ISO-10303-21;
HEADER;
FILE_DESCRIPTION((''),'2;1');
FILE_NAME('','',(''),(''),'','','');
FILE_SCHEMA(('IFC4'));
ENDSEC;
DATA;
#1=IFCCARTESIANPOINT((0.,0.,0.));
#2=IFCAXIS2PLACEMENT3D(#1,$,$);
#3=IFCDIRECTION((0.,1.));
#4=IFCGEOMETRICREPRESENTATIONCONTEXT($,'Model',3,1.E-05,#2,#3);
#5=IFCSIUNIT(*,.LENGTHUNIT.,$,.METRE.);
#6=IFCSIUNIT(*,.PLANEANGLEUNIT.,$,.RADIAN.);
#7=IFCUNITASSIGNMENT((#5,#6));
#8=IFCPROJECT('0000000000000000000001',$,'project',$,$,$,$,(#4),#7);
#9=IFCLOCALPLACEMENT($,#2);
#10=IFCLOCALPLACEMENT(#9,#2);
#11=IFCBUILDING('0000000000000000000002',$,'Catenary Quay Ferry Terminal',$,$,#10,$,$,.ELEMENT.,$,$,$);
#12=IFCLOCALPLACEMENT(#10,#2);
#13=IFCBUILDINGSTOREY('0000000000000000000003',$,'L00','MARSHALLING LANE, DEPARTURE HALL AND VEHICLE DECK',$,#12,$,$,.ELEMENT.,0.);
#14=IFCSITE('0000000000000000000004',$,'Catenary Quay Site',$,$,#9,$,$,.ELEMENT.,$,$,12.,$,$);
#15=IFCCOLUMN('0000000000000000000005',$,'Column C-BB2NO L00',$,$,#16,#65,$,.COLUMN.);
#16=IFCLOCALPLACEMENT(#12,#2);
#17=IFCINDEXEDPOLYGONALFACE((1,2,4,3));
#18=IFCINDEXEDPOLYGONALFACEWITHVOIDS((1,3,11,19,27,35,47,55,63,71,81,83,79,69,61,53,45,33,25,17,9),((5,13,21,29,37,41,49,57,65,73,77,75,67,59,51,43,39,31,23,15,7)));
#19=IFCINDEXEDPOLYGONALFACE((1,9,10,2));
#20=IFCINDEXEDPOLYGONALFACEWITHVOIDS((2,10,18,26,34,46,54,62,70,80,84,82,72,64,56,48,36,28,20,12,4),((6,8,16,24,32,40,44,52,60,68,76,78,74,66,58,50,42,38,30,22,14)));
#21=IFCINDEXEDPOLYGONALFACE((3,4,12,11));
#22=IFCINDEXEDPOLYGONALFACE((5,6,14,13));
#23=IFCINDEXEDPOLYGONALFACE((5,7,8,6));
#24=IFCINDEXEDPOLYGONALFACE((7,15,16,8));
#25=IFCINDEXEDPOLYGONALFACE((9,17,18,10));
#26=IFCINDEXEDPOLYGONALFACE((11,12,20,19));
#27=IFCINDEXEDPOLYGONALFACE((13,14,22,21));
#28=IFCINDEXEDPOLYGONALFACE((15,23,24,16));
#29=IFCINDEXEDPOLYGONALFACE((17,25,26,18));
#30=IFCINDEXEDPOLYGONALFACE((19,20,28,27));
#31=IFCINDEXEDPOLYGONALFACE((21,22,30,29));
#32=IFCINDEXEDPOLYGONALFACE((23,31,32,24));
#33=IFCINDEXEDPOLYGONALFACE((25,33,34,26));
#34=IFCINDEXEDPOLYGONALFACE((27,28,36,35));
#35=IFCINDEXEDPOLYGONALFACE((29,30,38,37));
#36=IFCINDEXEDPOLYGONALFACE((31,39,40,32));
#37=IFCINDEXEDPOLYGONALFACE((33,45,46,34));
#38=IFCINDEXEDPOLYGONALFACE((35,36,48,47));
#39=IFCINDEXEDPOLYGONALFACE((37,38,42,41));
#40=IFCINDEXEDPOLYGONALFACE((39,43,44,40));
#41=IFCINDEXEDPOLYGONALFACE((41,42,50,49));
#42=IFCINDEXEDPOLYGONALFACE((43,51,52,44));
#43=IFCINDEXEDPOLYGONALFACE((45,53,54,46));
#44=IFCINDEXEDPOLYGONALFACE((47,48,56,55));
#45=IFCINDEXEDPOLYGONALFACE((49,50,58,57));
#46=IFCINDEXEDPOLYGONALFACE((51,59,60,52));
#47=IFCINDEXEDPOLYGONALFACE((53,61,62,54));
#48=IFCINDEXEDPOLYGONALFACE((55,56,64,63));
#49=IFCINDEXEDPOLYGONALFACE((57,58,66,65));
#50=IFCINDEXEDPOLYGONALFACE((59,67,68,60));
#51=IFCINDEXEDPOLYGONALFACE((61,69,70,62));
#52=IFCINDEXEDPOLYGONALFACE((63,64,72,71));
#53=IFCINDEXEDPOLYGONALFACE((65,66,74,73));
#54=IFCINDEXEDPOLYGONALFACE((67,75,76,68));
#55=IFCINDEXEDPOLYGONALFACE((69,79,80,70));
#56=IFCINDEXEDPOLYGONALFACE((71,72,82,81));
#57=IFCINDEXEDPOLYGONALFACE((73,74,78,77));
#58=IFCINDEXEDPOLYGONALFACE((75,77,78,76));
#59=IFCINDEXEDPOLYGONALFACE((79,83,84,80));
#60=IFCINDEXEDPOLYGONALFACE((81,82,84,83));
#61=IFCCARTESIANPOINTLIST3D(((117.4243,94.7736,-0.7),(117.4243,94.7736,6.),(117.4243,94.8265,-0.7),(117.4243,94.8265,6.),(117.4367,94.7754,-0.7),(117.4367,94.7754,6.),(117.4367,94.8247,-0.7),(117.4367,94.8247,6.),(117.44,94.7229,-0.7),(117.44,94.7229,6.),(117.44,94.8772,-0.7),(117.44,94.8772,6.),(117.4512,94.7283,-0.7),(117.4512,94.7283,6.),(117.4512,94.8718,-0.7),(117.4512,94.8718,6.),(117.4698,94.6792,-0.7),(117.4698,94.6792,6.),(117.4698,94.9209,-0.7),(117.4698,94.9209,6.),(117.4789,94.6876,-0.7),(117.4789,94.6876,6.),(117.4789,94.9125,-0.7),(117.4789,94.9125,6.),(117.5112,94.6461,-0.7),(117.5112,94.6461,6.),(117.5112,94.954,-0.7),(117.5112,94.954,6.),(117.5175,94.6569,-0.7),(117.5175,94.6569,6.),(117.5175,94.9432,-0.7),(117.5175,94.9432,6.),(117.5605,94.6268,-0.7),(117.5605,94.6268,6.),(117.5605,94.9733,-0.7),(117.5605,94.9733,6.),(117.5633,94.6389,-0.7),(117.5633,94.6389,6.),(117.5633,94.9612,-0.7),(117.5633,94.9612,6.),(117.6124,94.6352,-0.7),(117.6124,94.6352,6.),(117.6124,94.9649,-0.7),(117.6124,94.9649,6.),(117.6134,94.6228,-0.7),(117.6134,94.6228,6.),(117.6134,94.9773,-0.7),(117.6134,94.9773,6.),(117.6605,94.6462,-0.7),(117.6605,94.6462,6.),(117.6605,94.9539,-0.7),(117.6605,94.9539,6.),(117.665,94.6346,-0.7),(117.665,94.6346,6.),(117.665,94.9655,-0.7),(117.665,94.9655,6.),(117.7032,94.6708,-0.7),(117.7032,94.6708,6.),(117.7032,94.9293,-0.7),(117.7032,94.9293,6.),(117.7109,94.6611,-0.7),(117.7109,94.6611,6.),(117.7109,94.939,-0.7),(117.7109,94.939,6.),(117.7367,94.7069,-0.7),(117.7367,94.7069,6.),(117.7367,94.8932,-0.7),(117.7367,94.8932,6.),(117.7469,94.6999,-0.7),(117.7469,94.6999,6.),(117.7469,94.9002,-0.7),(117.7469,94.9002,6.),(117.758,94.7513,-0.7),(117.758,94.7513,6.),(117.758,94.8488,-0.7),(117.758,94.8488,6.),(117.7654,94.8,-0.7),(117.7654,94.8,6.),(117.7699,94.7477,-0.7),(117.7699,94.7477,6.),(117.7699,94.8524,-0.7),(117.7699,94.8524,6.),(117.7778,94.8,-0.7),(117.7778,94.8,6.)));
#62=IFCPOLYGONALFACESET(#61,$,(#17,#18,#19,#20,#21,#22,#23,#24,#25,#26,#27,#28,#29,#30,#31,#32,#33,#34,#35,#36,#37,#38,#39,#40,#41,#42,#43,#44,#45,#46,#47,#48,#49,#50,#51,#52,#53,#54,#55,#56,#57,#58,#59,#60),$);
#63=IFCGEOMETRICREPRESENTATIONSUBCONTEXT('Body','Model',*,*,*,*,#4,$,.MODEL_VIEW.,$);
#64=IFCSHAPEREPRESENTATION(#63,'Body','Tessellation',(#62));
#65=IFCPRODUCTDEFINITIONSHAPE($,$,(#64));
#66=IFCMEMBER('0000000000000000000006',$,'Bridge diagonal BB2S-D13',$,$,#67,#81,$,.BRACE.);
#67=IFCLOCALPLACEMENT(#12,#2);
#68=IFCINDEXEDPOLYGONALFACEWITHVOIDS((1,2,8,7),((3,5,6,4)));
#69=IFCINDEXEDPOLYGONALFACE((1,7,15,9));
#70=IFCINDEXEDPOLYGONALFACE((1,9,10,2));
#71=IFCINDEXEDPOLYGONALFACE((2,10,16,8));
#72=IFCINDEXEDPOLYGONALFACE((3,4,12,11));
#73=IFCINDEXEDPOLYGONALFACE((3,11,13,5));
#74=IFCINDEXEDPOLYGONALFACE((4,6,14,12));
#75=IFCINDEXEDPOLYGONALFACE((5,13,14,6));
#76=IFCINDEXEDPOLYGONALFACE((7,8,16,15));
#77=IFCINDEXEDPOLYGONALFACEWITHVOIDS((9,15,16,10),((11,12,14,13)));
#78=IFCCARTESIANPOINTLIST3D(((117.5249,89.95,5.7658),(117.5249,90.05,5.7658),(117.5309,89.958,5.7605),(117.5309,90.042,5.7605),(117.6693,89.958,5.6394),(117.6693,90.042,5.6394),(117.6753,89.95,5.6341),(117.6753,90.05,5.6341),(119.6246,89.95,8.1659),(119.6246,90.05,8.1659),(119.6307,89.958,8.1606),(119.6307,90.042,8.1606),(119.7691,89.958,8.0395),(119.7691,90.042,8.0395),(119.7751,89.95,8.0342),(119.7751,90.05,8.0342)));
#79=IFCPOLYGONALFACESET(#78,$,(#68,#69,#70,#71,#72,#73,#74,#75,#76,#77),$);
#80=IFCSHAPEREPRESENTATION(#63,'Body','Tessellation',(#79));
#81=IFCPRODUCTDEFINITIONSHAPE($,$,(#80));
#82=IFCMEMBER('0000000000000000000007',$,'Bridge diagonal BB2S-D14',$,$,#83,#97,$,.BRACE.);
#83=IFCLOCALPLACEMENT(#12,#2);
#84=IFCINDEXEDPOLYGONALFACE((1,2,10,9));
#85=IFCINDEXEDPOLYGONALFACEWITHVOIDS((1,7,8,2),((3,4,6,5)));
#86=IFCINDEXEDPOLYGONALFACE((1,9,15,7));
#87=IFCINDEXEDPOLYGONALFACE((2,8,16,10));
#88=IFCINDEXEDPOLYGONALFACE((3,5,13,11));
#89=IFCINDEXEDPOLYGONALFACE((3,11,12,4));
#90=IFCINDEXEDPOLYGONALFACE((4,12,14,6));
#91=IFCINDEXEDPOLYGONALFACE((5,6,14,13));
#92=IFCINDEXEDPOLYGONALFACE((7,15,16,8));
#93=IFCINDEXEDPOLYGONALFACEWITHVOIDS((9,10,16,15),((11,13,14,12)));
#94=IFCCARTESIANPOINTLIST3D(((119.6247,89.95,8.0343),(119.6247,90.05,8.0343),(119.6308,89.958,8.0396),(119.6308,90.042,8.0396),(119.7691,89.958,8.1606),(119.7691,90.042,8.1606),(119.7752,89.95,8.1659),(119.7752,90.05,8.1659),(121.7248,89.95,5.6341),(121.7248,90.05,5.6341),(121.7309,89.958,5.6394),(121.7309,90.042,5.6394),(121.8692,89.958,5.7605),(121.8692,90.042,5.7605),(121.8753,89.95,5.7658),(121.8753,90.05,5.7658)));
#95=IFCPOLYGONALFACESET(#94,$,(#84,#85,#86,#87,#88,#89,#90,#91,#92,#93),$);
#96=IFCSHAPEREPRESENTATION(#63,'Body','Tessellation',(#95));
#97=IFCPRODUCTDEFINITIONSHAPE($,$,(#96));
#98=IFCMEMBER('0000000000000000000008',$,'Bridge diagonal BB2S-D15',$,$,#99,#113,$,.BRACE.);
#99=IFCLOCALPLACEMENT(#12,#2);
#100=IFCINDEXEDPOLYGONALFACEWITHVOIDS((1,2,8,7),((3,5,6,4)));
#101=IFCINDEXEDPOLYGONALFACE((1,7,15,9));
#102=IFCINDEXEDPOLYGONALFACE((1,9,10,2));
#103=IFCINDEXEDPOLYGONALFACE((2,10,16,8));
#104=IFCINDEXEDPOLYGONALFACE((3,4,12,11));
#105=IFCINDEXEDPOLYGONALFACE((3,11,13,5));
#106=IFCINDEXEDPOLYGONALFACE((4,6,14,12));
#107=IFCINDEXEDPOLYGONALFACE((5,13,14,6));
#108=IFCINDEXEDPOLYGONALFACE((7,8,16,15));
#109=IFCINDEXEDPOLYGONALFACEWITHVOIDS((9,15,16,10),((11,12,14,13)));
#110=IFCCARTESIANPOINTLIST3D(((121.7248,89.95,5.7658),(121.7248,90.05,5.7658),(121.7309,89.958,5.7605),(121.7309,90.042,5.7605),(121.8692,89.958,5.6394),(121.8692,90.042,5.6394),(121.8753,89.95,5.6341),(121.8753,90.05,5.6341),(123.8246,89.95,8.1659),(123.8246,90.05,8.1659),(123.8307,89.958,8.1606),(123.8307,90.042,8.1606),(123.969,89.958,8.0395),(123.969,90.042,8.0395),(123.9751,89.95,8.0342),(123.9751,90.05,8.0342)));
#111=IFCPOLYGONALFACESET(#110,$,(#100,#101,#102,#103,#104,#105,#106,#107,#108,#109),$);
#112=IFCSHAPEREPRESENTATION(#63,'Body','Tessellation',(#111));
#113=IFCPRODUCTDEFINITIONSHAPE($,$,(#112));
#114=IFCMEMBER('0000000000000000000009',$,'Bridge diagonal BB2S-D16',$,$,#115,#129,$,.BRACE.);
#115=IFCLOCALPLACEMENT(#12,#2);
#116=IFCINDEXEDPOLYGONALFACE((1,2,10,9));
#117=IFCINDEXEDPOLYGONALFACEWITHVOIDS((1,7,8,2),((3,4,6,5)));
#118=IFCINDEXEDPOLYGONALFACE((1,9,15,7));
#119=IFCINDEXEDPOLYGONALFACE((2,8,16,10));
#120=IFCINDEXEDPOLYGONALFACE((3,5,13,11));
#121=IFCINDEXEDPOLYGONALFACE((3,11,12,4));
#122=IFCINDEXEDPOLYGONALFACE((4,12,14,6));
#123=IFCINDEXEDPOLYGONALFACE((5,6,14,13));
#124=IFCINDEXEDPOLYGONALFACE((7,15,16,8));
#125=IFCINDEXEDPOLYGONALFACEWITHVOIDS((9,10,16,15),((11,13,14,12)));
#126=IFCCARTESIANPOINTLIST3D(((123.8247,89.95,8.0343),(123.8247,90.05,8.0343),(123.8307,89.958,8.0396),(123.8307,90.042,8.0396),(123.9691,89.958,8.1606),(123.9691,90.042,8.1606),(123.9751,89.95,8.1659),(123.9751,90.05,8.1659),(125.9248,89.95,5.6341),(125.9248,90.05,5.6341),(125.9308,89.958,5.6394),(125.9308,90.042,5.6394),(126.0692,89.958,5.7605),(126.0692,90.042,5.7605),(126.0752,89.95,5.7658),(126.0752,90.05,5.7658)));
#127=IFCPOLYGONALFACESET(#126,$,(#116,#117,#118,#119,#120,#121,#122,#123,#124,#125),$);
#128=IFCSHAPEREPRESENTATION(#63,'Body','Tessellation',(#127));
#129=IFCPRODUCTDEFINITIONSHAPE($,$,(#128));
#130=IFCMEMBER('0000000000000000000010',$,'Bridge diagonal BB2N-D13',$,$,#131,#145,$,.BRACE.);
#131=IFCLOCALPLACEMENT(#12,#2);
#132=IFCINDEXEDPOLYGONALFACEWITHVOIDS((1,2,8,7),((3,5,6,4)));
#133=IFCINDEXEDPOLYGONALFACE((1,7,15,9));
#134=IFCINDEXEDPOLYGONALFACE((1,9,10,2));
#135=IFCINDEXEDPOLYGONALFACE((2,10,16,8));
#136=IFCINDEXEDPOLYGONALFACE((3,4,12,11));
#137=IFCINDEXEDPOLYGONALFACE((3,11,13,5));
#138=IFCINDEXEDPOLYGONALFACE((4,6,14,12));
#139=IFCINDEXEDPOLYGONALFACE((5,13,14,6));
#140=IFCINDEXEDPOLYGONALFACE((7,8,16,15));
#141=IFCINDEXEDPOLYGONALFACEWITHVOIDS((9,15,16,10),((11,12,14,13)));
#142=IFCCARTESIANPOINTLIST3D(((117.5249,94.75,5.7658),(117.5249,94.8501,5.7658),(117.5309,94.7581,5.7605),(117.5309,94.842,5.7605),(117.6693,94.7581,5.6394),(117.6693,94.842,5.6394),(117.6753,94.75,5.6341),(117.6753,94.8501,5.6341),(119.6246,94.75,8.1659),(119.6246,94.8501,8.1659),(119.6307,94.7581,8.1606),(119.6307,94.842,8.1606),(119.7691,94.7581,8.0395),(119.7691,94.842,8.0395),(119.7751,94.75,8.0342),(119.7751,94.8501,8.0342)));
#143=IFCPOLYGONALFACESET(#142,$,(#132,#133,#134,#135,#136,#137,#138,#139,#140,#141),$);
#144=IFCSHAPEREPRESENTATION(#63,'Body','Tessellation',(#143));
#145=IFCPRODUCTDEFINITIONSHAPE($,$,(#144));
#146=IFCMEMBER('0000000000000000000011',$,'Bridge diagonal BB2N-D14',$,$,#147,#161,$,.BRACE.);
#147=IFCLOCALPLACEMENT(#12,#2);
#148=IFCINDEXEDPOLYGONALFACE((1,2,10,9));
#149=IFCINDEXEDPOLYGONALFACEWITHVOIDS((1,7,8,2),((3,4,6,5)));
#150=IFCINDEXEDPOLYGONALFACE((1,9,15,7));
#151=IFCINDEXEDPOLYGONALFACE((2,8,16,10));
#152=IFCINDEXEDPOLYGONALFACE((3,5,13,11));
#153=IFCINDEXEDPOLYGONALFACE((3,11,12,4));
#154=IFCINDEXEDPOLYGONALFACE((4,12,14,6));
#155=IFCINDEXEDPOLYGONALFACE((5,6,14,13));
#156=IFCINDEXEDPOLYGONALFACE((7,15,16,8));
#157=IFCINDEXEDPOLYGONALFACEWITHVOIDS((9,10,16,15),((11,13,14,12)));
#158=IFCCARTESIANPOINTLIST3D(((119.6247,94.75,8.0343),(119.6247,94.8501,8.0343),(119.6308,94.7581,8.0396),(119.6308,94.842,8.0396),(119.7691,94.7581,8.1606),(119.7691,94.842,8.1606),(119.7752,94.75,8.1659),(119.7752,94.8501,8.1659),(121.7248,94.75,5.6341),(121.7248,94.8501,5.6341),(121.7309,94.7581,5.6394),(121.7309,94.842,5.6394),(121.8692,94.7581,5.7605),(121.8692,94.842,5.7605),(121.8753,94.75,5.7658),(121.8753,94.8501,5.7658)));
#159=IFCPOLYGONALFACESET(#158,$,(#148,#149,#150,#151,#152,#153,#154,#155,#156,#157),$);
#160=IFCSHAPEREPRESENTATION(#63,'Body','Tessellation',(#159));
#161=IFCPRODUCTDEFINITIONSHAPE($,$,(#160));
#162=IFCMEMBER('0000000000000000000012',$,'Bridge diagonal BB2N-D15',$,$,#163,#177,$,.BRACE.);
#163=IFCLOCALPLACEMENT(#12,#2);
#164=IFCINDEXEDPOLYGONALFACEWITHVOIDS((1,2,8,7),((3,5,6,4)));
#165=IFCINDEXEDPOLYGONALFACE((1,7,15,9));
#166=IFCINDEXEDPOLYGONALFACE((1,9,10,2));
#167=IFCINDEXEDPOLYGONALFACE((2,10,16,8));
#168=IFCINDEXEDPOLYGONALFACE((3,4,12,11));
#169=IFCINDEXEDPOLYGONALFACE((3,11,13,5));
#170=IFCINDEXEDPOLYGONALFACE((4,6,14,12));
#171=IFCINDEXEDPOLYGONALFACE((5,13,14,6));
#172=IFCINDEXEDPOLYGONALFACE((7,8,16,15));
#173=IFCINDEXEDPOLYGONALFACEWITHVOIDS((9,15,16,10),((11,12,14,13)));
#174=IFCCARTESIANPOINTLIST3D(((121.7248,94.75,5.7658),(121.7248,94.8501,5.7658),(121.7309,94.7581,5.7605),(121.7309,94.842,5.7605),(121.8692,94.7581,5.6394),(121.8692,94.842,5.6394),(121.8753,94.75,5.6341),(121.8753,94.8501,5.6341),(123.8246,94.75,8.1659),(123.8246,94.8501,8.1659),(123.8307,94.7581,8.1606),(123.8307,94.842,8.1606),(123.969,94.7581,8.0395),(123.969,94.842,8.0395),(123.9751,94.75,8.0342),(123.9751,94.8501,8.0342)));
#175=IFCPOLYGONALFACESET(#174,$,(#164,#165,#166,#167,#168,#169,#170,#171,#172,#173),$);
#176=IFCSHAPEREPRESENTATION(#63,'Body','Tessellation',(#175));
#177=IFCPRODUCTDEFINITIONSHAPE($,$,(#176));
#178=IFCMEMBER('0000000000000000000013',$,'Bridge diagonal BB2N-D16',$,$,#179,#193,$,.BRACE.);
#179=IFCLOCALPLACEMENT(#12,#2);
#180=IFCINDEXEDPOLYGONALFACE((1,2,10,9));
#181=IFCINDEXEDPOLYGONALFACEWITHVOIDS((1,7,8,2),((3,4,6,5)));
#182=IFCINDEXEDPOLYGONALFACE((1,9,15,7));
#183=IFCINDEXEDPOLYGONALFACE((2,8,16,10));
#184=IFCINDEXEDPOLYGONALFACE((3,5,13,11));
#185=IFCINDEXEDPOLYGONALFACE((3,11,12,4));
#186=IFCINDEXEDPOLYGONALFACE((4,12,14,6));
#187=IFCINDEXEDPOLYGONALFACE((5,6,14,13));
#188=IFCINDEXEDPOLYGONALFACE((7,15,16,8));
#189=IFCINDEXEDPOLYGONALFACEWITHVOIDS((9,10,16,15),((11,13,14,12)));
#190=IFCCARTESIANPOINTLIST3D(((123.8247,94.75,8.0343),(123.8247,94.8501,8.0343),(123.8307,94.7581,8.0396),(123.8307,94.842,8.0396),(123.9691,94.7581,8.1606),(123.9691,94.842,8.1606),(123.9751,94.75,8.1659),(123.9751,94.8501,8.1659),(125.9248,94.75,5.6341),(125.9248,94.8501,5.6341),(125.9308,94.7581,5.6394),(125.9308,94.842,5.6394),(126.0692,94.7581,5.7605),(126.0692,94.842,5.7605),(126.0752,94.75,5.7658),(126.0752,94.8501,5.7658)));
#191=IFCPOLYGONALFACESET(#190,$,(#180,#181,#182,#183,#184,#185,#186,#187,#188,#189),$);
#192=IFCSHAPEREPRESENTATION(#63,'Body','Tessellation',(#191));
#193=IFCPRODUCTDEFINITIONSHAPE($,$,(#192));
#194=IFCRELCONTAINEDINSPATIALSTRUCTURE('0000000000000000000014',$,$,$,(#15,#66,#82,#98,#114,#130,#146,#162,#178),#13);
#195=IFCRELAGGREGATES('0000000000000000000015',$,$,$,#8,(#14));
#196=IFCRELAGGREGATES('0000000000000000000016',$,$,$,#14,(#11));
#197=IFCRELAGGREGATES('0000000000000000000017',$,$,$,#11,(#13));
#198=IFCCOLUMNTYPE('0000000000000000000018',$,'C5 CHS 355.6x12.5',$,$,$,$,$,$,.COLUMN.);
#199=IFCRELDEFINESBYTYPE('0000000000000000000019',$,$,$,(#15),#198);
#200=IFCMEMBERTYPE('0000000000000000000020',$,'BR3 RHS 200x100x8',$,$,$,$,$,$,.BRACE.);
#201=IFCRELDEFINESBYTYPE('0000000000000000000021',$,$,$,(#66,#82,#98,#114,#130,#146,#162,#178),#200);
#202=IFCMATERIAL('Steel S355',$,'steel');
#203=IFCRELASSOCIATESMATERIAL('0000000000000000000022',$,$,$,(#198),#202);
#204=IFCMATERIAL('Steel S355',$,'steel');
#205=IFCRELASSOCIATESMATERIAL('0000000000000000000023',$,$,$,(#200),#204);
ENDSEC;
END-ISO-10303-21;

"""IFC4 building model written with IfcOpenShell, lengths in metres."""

from ifc_helpers import new_model, si_unit, direction, frame, origin, origin_2d, place, context, subcontext, project, spatial, hollow_rectangle, hollow_circle, extrude, material, material_profile, profile_set, type_object, element, save


model = new_model("IFC4")

# Units and contexts
model_context = context("Model", 3, precision=1e-05, world=origin(), true_north=direction((0.0, 1.0)))
body_context = subcontext(model_context, "Body", "Model", "MODEL_VIEW")
ifc_project = project(units=[si_unit("LENGTHUNIT", "METRE"), si_unit("PLANEANGLEUNIT", "RADIAN")], contexts=[model_context])

# Site, building, storey
site_placement = place(None, origin())
site = spatial("IfcSite", under=ifc_project, at=site_placement, Name="Catenary Quay Site", CompositionType="ELEMENT", RefElevation=12.0)
building_placement = place(site_placement, origin())
building = spatial("IfcBuilding", under=site, at=building_placement, Name="Catenary Quay Ferry Terminal", CompositionType="ELEMENT")
storey_placement = place(building_placement, origin())
storey = spatial("IfcBuildingStorey", under=building, at=storey_placement, Name="L00", Description="MARSHALLING LANE, DEPARTURE HALL AND VEHICLE DECK", CompositionType="ELEMENT", Elevation=0.0)

# Column
ifc_material_1 = material(Name="Steel S355", Category="steel")
ifc_material_profile_1 = material_profile(ifc_material_1, hollow_circle(Radius=0.1777, WallThickness=0.0125, at=origin_2d()), Name="CHS 355.6x12.5")
ifc_profile_set_1 = profile_set([ifc_material_profile_1], Name="Steel S355")
column_type = type_object("IfcColumnType", Name="C5 CHS 355.6x12.5", PredefinedType="COLUMN", material=ifc_profile_set_1)
for number, where, z_axis, x_axis, name in (
    (1, (117.6001, 94.8, -0.7), (0.0, 0.0, 1.0), (1.0, 0.0, 0.0), "Column C-BB2NO L00"),
):
    element("IfcColumn", number, at=place(storey_placement, frame(where, z_axis=z_axis, x_axis=x_axis)), inside=storey, type_object=column_type, Name=name, PredefinedType="COLUMN", context=body_context, shape_type="SweptSolid", body=[
        extrude(hollow_circle(Radius=0.1777, WallThickness=0.0125, at=origin_2d()), origin(), (0.0, 0.0, 1.0), 6.7),
    ])

# Members
ifc_material_2 = material(Name="Steel S355", Category="steel")
ifc_material_profile_2 = material_profile(ifc_material_2, hollow_rectangle(XDim=0.1001, YDim=0.2, WallThickness=0.0081, at=origin_2d()), Name="RHS 200x100x8")
ifc_profile_set_2 = profile_set([ifc_material_profile_2], Name="Steel S355")
member_type_1 = type_object("IfcMemberType", Name="BR3 RHS 200x100x8", PredefinedType="BRACE", material=ifc_profile_set_2)
member_1_placement = place(storey_placement, frame((117.6001, 90.0, 5.7), z_axis=(0.658456, 0.0, 0.752619), x_axis=(0.0, 1.0, 0.0)))
element("IfcMember", 2, at=member_1_placement, inside=storey, type_object=member_type_1, Name="Bridge diagonal BB2S-D13", PredefinedType="BRACE", context=body_context, shape_type="SweptSolid", body=[
    extrude(hollow_rectangle(XDim=0.1001, YDim=0.2, WallThickness=0.0081, at=origin_2d()), origin(), (0.0, 0.0, 1.0), 3.189),
])
member_2_placement = place(storey_placement, frame((119.7, 90.0, 8.1001), z_axis=(0.658499, 0.0, -0.752581), x_axis=(0.0, 1.0, 0.0)))
element("IfcMember", 3, at=member_2_placement, inside=storey, type_object=member_type_1, Name="Bridge diagonal BB2S-D14", PredefinedType="BRACE", context=body_context, shape_type="SweptSolid", body=[
    extrude(hollow_rectangle(XDim=0.1001, YDim=0.2, WallThickness=0.0081, at=origin_2d()), origin(), (0.0, 0.0, 1.0), 3.1892),
])
member_3_placement = place(storey_placement, frame((121.8, 90.0, 5.7), z_axis=(0.658456, 0.0, 0.752619), x_axis=(0.0, 1.0, 0.0)))
element("IfcMember", 4, at=member_3_placement, inside=storey, type_object=member_type_1, Name="Bridge diagonal BB2S-D15", PredefinedType="BRACE", context=body_context, shape_type="SweptSolid", body=[
    extrude(hollow_rectangle(XDim=0.1001, YDim=0.2, WallThickness=0.0081, at=origin_2d()), origin(), (0.0, 0.0, 1.0), 3.189),
])
member_4_placement = place(storey_placement, frame((123.8999, 90.0, 8.1001), z_axis=(0.658499, 0.0, -0.752581), x_axis=(0.0, 1.0, 0.0)))
element("IfcMember", 5, at=member_4_placement, inside=storey, type_object=member_type_1, Name="Bridge diagonal BB2S-D16", PredefinedType="BRACE", context=body_context, shape_type="SweptSolid", body=[
    extrude(hollow_rectangle(XDim=0.1001, YDim=0.2, WallThickness=0.0081, at=origin_2d()), origin(), (0.0, 0.0, 1.0), 3.1892),
])
member_5_placement = place(storey_placement, frame((117.6001, 94.8, 5.7), z_axis=(0.658456, 0.0, 0.752619), x_axis=(0.0, 1.0, 0.0)))
element("IfcMember", 6, at=member_5_placement, inside=storey, type_object=member_type_1, Name="Bridge diagonal BB2N-D13", PredefinedType="BRACE", context=body_context, shape_type="SweptSolid", body=[
    extrude(hollow_rectangle(XDim=0.1001, YDim=0.2, WallThickness=0.0081, at=origin_2d()), origin(), (0.0, 0.0, 1.0), 3.189),
])
member_6_placement = place(storey_placement, frame((119.7, 94.8, 8.1001), z_axis=(0.658499, 0.0, -0.752581), x_axis=(0.0, 1.0, 0.0)))
element("IfcMember", 7, at=member_6_placement, inside=storey, type_object=member_type_1, Name="Bridge diagonal BB2N-D14", PredefinedType="BRACE", context=body_context, shape_type="SweptSolid", body=[
    extrude(hollow_rectangle(XDim=0.1001, YDim=0.2, WallThickness=0.0081, at=origin_2d()), origin(), (0.0, 0.0, 1.0), 3.1892),
])
member_7_placement = place(storey_placement, frame((121.8, 94.8, 5.7), z_axis=(0.658456, 0.0, 0.752619), x_axis=(0.0, 1.0, 0.0)))
element("IfcMember", 8, at=member_7_placement, inside=storey, type_object=member_type_1, Name="Bridge diagonal BB2N-D15", PredefinedType="BRACE", context=body_context, shape_type="SweptSolid", body=[
    extrude(hollow_rectangle(XDim=0.1001, YDim=0.2, WallThickness=0.0081, at=origin_2d()), origin(), (0.0, 0.0, 1.0), 3.189),
])
member_8_placement = place(storey_placement, frame((123.8999, 94.8, 8.1001), z_axis=(0.658499, 0.0, -0.752581), x_axis=(0.0, 1.0, 0.0)))
element("IfcMember", 9, at=member_8_placement, inside=storey, type_object=member_type_1, Name="Bridge diagonal BB2N-D16", PredefinedType="BRACE", context=body_context, shape_type="SweptSolid", body=[
    extrude(hollow_rectangle(XDim=0.1001, YDim=0.2, WallThickness=0.0081, at=origin_2d()), origin(), (0.0, 0.0, 1.0), 3.1892),
])

save(model, "model.ifc")
